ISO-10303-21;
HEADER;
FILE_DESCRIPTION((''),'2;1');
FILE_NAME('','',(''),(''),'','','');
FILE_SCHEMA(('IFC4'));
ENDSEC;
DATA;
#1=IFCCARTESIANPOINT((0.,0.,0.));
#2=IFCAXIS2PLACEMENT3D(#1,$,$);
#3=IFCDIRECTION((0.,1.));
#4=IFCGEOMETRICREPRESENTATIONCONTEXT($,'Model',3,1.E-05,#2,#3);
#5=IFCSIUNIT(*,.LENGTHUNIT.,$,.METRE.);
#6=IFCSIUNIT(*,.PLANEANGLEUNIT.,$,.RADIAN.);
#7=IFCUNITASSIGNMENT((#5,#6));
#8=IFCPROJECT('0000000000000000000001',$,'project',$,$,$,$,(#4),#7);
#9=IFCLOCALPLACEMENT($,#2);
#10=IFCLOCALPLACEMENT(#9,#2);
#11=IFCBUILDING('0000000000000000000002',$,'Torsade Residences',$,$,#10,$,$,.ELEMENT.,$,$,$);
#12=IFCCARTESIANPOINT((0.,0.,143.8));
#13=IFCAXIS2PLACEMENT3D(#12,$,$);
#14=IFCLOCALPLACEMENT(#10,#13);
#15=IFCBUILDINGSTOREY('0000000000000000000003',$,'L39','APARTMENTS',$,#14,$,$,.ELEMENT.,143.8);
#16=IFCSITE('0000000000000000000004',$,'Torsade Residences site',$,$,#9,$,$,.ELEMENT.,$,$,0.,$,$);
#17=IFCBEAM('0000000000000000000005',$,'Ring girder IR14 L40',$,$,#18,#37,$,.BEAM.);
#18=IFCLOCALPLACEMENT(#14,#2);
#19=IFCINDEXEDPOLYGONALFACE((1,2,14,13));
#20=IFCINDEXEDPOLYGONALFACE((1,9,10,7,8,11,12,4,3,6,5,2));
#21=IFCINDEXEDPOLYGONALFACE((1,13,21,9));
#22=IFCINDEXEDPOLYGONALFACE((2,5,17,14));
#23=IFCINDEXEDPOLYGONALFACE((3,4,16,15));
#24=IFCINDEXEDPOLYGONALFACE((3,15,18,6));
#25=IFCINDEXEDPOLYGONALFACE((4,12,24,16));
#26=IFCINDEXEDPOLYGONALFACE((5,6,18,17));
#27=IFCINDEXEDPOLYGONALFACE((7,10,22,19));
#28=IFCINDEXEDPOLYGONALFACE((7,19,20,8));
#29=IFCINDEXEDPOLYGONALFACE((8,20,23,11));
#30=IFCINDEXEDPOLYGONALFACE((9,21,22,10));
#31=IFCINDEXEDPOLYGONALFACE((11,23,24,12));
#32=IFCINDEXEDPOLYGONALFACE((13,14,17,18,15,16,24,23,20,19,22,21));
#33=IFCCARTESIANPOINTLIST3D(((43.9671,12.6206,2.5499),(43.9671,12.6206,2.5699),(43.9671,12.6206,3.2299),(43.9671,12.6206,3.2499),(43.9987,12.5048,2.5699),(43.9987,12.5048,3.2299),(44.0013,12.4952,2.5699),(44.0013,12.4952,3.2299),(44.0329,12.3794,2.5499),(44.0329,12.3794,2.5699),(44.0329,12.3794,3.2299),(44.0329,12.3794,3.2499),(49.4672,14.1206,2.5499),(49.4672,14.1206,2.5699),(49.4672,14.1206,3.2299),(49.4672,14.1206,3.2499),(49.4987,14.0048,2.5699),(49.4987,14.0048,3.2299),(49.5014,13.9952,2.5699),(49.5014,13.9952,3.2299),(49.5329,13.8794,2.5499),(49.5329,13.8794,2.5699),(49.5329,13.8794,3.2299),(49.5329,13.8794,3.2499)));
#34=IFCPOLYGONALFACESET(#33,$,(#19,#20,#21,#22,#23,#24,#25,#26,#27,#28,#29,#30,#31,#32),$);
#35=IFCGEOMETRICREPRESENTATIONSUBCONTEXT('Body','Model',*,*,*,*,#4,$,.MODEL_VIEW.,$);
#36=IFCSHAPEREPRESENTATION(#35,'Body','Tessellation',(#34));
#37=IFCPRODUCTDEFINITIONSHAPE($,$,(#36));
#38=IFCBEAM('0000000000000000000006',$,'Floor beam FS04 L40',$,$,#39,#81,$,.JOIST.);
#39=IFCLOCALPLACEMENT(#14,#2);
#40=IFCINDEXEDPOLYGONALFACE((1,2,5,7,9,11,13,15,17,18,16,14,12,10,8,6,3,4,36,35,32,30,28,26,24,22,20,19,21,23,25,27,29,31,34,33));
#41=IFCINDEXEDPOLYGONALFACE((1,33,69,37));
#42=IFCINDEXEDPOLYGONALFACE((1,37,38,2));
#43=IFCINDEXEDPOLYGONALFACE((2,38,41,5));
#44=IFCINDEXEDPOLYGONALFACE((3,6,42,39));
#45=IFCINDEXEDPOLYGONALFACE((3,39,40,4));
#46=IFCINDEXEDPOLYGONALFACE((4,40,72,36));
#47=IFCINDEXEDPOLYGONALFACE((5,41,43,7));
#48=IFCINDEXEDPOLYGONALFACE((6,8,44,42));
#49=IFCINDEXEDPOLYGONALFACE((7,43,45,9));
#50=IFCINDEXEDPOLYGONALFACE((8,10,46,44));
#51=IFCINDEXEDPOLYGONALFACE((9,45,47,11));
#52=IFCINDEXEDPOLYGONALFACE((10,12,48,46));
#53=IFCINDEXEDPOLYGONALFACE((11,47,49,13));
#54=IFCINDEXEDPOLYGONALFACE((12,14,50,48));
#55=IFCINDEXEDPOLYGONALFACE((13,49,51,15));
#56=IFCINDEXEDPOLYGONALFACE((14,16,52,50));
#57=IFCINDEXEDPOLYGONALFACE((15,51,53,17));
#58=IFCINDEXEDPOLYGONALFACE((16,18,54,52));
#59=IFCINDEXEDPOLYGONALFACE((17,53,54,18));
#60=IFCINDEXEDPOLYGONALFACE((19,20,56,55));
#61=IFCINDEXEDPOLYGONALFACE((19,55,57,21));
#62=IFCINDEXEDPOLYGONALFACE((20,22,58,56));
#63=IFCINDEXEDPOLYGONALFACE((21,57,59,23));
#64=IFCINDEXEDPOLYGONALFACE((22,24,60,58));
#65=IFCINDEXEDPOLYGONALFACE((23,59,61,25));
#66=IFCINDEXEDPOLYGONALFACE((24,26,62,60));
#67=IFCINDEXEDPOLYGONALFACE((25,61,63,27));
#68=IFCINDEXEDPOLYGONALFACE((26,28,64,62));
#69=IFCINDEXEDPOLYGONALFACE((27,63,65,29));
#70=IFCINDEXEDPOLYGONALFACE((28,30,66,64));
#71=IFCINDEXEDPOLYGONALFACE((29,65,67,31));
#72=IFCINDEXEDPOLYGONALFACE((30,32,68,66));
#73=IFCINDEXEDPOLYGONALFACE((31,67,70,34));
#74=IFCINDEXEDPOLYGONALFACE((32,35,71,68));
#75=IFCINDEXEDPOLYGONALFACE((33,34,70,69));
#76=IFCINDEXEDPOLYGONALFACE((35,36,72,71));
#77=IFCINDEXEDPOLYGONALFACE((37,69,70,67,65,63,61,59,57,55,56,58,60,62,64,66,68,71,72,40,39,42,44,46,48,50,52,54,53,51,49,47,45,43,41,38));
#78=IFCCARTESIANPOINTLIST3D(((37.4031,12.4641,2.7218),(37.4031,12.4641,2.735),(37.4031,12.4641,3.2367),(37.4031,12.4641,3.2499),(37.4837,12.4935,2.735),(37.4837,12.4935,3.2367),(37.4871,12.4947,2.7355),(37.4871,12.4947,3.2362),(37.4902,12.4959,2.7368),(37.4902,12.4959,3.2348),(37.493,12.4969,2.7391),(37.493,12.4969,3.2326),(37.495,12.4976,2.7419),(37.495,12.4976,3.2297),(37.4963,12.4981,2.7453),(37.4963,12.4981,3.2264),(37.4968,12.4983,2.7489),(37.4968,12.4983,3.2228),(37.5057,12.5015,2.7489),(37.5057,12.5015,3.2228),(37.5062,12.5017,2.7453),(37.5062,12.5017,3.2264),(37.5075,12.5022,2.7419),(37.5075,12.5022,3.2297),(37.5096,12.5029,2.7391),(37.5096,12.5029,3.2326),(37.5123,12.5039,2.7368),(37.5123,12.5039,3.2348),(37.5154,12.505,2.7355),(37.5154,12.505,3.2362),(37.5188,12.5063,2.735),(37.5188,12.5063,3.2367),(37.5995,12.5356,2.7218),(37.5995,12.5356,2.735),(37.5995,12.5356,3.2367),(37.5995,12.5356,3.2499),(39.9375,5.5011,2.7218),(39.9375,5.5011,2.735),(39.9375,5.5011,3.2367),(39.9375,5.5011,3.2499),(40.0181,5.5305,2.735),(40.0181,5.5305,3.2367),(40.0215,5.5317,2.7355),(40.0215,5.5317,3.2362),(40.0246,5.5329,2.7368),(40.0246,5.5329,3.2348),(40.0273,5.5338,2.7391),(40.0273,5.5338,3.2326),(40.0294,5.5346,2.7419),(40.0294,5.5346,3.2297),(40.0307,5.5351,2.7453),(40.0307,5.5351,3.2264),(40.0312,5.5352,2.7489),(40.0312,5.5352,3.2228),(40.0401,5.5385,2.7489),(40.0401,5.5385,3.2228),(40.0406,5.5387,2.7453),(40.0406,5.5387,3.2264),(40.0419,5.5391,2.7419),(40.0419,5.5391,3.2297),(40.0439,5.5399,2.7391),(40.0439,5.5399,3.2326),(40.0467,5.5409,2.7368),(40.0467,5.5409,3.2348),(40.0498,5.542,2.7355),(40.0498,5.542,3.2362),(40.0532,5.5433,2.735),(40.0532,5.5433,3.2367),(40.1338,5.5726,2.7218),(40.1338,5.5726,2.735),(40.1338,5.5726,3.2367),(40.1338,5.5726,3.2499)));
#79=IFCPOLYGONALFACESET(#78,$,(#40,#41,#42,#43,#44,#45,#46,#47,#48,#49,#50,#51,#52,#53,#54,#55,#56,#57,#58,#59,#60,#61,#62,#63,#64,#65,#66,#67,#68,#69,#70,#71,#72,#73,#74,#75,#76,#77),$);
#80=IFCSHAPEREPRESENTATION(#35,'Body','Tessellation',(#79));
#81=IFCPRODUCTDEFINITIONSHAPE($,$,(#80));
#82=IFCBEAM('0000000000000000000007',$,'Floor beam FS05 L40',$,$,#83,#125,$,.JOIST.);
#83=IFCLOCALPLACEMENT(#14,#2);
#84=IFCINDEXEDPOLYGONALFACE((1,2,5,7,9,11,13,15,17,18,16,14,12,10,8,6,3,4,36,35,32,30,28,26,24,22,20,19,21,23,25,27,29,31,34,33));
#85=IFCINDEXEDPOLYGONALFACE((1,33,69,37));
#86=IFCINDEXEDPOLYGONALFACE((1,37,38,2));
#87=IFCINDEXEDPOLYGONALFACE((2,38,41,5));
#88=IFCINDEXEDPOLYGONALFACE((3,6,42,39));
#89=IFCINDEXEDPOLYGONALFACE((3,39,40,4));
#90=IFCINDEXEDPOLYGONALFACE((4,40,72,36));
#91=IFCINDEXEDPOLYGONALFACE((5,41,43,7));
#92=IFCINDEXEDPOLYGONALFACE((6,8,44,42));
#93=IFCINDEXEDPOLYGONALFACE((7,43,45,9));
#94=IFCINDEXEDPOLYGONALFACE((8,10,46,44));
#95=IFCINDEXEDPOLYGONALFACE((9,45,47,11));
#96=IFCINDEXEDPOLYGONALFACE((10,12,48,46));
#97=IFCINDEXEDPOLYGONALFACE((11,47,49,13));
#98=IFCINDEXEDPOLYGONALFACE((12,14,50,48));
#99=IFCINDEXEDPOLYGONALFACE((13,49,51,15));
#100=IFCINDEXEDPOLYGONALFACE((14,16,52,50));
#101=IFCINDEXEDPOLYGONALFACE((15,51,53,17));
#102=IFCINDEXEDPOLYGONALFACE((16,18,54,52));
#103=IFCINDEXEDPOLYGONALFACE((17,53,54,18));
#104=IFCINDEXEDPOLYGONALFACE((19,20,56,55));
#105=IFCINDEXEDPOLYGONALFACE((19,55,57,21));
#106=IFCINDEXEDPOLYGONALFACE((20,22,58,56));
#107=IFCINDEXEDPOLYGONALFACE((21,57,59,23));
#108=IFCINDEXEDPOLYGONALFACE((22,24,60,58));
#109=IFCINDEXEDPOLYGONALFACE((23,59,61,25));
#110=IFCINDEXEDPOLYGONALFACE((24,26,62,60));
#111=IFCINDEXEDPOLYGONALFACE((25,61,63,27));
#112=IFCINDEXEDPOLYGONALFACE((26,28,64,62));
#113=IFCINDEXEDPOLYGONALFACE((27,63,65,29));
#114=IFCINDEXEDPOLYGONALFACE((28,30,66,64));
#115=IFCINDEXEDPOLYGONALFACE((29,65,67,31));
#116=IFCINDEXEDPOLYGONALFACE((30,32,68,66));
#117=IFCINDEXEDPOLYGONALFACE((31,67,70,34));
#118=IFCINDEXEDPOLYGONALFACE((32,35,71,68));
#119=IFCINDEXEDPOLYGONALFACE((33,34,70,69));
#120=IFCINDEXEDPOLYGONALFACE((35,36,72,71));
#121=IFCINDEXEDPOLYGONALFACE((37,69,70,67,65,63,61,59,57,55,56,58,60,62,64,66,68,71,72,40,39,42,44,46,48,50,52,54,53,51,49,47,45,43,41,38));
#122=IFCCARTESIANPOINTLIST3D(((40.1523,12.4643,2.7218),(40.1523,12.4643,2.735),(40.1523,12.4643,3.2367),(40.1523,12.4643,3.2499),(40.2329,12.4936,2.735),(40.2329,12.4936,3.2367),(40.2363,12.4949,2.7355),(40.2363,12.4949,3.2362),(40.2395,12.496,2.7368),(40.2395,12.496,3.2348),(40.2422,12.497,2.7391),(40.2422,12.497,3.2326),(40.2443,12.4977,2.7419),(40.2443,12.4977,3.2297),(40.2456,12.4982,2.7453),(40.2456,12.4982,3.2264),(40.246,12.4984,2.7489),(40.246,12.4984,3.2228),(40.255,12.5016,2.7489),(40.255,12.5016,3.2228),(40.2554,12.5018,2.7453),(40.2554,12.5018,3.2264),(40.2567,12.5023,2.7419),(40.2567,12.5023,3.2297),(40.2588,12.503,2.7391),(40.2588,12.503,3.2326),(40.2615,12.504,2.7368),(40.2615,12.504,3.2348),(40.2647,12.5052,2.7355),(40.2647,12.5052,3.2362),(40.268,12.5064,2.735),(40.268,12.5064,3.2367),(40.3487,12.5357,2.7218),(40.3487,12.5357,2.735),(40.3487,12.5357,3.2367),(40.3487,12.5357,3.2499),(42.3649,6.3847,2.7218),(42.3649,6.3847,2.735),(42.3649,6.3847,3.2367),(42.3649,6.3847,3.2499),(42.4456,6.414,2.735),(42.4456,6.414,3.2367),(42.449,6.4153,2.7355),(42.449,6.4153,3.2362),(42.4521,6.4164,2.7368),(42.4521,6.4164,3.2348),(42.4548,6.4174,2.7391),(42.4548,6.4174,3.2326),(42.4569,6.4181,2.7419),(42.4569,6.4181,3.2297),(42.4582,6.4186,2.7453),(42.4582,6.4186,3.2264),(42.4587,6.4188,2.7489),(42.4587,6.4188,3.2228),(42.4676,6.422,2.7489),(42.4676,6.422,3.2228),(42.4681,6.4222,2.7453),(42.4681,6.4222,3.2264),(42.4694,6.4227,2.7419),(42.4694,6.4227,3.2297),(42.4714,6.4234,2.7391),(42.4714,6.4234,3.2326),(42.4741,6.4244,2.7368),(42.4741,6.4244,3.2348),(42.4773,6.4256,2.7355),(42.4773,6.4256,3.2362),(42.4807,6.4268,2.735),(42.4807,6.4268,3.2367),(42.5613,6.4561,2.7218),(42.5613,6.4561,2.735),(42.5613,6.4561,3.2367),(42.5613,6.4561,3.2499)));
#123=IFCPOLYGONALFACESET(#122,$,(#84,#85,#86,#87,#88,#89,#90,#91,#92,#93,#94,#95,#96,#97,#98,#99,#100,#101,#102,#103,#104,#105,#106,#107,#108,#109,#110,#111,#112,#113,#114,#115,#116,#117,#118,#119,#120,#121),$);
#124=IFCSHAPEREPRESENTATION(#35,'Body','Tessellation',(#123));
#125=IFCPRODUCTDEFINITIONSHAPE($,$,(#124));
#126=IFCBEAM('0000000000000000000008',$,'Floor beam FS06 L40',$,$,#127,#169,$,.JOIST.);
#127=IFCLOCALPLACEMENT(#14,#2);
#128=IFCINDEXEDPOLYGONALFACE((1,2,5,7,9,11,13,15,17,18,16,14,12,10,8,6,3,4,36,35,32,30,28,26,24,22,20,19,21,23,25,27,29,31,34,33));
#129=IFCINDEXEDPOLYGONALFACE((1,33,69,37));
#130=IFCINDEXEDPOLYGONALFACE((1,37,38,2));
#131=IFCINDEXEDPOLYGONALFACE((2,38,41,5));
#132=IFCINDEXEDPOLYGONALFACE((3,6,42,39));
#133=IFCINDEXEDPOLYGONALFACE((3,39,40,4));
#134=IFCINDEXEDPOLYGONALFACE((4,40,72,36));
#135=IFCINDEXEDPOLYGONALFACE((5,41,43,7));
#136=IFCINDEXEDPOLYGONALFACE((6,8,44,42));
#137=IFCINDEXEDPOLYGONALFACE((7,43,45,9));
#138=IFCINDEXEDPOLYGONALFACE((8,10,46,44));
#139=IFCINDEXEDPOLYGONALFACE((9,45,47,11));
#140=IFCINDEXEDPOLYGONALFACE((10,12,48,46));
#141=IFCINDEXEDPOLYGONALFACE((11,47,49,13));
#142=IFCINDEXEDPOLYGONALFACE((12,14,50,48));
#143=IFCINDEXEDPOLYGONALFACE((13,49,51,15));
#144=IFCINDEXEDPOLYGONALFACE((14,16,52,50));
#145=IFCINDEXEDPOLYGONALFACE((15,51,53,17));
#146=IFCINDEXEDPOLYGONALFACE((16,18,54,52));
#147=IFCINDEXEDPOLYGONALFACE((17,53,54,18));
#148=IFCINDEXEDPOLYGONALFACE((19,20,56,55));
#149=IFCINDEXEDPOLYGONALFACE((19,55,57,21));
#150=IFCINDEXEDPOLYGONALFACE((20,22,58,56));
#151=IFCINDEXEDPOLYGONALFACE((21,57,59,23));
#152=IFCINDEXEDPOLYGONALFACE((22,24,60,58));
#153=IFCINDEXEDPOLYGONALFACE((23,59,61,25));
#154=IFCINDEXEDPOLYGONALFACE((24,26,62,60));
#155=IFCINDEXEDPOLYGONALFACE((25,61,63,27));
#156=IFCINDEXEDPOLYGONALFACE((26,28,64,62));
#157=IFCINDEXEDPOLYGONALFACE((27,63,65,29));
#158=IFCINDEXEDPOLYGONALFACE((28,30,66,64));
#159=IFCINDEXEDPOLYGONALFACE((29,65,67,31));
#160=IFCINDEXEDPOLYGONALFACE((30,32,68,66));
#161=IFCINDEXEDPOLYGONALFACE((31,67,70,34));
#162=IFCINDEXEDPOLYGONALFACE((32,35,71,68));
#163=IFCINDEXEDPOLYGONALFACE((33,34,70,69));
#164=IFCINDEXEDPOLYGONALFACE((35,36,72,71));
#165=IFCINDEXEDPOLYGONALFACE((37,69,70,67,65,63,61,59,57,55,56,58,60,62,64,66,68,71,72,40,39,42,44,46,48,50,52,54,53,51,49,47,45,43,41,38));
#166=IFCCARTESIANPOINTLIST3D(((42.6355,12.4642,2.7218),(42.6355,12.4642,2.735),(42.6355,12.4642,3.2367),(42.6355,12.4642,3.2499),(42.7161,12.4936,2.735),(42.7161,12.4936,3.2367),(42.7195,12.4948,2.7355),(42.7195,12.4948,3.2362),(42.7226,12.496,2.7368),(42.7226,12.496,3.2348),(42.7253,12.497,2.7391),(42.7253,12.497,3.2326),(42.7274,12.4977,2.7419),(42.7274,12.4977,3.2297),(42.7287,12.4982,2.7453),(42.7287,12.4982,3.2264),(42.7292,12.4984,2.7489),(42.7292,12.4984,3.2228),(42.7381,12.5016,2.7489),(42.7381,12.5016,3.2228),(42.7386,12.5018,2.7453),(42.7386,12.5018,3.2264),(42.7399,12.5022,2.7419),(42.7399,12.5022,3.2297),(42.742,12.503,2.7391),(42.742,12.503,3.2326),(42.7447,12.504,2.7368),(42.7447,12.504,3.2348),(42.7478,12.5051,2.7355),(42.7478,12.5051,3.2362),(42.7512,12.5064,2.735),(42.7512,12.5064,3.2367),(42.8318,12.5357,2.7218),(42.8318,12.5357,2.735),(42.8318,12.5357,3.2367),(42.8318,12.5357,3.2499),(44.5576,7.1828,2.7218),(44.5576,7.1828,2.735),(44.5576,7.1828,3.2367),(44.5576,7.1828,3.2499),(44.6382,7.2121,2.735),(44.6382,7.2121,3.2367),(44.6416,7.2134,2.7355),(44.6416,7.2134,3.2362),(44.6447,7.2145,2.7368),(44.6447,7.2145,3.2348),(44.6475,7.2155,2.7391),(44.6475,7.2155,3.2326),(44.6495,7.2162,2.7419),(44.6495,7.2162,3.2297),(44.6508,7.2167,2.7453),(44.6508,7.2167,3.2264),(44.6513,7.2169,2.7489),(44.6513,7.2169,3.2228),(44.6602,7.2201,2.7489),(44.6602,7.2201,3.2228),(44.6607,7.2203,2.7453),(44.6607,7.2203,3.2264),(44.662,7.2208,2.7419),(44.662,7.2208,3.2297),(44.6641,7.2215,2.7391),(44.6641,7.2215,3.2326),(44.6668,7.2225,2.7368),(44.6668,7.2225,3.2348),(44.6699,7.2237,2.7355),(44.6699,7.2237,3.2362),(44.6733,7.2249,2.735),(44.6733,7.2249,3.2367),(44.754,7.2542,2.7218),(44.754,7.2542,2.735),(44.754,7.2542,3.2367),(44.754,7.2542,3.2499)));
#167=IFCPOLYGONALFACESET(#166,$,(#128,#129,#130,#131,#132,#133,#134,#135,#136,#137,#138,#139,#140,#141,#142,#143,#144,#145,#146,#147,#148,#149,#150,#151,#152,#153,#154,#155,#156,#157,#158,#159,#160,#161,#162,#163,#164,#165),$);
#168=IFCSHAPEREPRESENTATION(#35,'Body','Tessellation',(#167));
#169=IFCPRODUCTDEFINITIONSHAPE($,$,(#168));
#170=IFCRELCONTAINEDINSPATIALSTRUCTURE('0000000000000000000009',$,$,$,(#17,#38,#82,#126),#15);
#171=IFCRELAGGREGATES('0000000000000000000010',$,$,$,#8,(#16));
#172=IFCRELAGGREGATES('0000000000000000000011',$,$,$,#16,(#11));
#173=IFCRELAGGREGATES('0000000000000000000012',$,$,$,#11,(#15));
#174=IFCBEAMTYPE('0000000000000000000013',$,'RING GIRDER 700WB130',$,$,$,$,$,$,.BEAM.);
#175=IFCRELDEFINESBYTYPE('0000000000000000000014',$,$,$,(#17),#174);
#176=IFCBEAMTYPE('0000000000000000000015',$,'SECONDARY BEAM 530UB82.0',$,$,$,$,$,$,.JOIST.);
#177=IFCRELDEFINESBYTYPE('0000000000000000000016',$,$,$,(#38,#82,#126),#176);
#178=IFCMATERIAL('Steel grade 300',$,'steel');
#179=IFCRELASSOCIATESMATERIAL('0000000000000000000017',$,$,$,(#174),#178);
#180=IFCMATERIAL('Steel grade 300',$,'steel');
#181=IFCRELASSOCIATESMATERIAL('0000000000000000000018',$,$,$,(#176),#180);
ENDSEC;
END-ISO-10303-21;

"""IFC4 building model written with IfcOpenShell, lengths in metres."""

from ifc_helpers import new_model, si_unit, direction, frame, origin, origin_2d, place, context, subcontext, project, spatial, i_section, extrude, material, material_profile, profile_set, type_object, element, save


model = new_model("IFC4")

# Units and contexts
model_context = context("Model", 3, precision=1e-05, world=origin(), true_north=direction((0.0, 1.0)))
body_context = subcontext(model_context, "Body", "Model", "MODEL_VIEW")
ifc_project = project(units=[si_unit("LENGTHUNIT", "METRE"), si_unit("PLANEANGLEUNIT", "RADIAN")], contexts=[model_context])

# Site, building, storey
site_placement = place(None, origin())
site = spatial("IfcSite", under=ifc_project, at=site_placement, Name="Torsade Residences site", CompositionType="ELEMENT", RefElevation=0.0)
building_placement = place(site_placement, origin())
building = spatial("IfcBuilding", under=site, at=building_placement, Name="Torsade Residences", CompositionType="ELEMENT")
storey_placement = place(building_placement, frame((0.0, 0.0, 143.8)))
storey = spatial("IfcBuildingStorey", under=building, at=storey_placement, Name="L39", Description="APARTMENTS", CompositionType="ELEMENT", Elevation=143.8)

# Beams
ifc_material_1 = material(Name="Steel grade 300", Category="steel")
ifc_material_profile_1 = material_profile(ifc_material_1, i_section(OverallWidth=0.25, OverallDepth=0.7, WebThickness=0.01, FlangeThickness=0.02, at=origin_2d()), Name="700WB130")
ifc_profile_set_1 = profile_set([ifc_material_profile_1], Name="Steel grade 300")
beam_type_1 = type_object("IfcBeamType", Name="RING GIRDER 700WB130", PredefinedType="BEAM", material=ifc_profile_set_1)
beam_1_placement = place(storey_placement, frame((44.0, 12.5, 2.8999), z_axis=(0.964764, 0.263117, 0.0), x_axis=(-0.263117, 0.964764, 0.0)))
element("IfcBeam", 1, at=beam_1_placement, inside=storey, type_object=beam_type_1, Name="Ring girder IR14 L40", PredefinedType="BEAM", context=body_context, shape_type="SweptSolid", body=[
    extrude(i_section(OverallWidth=0.25, OverallDepth=0.7, WebThickness=0.01, FlangeThickness=0.02, at=origin_2d()), origin(), (0.0, 0.0, 1.0), 5.7009),
])
ifc_material_2 = material(Name="Steel grade 300", Category="steel")
ifc_material_profile_2 = material_profile(ifc_material_2, i_section(OverallWidth=0.209, OverallDepth=0.5281, WebThickness=0.0095, FlangeThickness=0.0132, FilletRadius=0.0139, at=origin_2d()), Name="530UB82.0")
ifc_profile_set_2 = profile_set([ifc_material_profile_2], Name="Steel grade 300")
beam_type_2 = type_object("IfcBeamType", Name="SECONDARY BEAM 530UB82.0", PredefinedType="JOIST", material=ifc_profile_set_2)
beam_2_placement = place(storey_placement, frame((40.0356, 5.5369, 2.9858), z_axis=(-0.342026, 0.93969, 0.0), x_axis=(-0.93969, -0.342026, 0.0)))
element("IfcBeam", 2, at=beam_2_placement, inside=storey, type_object=beam_type_2, Name="Floor beam FS04 L40", PredefinedType="JOIST", context=body_context, shape_type="SweptSolid", body=[
    extrude(i_section(OverallWidth=0.209, OverallDepth=0.5281, WebThickness=0.0095, FlangeThickness=0.0132, FilletRadius=0.0139, at=origin_2d()), origin(), (0.0, 0.0, 1.0), 7.4099),
])
beam_3_placement = place(storey_placement, frame((42.4631, 6.4204, 2.9858), z_axis=(-0.342001, 0.9397, 0.0), x_axis=(-0.9397, -0.342001, 0.0)))
element("IfcBeam", 3, at=beam_3_placement, inside=storey, type_object=beam_type_2, Name="Floor beam FS05 L40", PredefinedType="JOIST", context=body_context, shape_type="SweptSolid", body=[
    extrude(i_section(OverallWidth=0.209, OverallDepth=0.5281, WebThickness=0.0095, FlangeThickness=0.0132, FilletRadius=0.0139, at=origin_2d()), origin(), (0.0, 0.0, 1.0), 6.4697),
])
beam_4_placement = place(storey_placement, frame((44.6558, 7.2185, 2.9858), z_axis=(-0.341991, 0.939703, 0.0), x_axis=(-0.939703, -0.341991, 0.0)))
element("IfcBeam", 4, at=beam_4_placement, inside=storey, type_object=beam_type_2, Name="Floor beam FS06 L40", PredefinedType="JOIST", context=body_context, shape_type="SweptSolid", body=[
    extrude(i_section(OverallWidth=0.209, OverallDepth=0.5281, WebThickness=0.0095, FlangeThickness=0.0132, FilletRadius=0.0139, at=origin_2d()), origin(), (0.0, 0.0, 1.0), 5.6204),
])

save(model, "model.ifc")
